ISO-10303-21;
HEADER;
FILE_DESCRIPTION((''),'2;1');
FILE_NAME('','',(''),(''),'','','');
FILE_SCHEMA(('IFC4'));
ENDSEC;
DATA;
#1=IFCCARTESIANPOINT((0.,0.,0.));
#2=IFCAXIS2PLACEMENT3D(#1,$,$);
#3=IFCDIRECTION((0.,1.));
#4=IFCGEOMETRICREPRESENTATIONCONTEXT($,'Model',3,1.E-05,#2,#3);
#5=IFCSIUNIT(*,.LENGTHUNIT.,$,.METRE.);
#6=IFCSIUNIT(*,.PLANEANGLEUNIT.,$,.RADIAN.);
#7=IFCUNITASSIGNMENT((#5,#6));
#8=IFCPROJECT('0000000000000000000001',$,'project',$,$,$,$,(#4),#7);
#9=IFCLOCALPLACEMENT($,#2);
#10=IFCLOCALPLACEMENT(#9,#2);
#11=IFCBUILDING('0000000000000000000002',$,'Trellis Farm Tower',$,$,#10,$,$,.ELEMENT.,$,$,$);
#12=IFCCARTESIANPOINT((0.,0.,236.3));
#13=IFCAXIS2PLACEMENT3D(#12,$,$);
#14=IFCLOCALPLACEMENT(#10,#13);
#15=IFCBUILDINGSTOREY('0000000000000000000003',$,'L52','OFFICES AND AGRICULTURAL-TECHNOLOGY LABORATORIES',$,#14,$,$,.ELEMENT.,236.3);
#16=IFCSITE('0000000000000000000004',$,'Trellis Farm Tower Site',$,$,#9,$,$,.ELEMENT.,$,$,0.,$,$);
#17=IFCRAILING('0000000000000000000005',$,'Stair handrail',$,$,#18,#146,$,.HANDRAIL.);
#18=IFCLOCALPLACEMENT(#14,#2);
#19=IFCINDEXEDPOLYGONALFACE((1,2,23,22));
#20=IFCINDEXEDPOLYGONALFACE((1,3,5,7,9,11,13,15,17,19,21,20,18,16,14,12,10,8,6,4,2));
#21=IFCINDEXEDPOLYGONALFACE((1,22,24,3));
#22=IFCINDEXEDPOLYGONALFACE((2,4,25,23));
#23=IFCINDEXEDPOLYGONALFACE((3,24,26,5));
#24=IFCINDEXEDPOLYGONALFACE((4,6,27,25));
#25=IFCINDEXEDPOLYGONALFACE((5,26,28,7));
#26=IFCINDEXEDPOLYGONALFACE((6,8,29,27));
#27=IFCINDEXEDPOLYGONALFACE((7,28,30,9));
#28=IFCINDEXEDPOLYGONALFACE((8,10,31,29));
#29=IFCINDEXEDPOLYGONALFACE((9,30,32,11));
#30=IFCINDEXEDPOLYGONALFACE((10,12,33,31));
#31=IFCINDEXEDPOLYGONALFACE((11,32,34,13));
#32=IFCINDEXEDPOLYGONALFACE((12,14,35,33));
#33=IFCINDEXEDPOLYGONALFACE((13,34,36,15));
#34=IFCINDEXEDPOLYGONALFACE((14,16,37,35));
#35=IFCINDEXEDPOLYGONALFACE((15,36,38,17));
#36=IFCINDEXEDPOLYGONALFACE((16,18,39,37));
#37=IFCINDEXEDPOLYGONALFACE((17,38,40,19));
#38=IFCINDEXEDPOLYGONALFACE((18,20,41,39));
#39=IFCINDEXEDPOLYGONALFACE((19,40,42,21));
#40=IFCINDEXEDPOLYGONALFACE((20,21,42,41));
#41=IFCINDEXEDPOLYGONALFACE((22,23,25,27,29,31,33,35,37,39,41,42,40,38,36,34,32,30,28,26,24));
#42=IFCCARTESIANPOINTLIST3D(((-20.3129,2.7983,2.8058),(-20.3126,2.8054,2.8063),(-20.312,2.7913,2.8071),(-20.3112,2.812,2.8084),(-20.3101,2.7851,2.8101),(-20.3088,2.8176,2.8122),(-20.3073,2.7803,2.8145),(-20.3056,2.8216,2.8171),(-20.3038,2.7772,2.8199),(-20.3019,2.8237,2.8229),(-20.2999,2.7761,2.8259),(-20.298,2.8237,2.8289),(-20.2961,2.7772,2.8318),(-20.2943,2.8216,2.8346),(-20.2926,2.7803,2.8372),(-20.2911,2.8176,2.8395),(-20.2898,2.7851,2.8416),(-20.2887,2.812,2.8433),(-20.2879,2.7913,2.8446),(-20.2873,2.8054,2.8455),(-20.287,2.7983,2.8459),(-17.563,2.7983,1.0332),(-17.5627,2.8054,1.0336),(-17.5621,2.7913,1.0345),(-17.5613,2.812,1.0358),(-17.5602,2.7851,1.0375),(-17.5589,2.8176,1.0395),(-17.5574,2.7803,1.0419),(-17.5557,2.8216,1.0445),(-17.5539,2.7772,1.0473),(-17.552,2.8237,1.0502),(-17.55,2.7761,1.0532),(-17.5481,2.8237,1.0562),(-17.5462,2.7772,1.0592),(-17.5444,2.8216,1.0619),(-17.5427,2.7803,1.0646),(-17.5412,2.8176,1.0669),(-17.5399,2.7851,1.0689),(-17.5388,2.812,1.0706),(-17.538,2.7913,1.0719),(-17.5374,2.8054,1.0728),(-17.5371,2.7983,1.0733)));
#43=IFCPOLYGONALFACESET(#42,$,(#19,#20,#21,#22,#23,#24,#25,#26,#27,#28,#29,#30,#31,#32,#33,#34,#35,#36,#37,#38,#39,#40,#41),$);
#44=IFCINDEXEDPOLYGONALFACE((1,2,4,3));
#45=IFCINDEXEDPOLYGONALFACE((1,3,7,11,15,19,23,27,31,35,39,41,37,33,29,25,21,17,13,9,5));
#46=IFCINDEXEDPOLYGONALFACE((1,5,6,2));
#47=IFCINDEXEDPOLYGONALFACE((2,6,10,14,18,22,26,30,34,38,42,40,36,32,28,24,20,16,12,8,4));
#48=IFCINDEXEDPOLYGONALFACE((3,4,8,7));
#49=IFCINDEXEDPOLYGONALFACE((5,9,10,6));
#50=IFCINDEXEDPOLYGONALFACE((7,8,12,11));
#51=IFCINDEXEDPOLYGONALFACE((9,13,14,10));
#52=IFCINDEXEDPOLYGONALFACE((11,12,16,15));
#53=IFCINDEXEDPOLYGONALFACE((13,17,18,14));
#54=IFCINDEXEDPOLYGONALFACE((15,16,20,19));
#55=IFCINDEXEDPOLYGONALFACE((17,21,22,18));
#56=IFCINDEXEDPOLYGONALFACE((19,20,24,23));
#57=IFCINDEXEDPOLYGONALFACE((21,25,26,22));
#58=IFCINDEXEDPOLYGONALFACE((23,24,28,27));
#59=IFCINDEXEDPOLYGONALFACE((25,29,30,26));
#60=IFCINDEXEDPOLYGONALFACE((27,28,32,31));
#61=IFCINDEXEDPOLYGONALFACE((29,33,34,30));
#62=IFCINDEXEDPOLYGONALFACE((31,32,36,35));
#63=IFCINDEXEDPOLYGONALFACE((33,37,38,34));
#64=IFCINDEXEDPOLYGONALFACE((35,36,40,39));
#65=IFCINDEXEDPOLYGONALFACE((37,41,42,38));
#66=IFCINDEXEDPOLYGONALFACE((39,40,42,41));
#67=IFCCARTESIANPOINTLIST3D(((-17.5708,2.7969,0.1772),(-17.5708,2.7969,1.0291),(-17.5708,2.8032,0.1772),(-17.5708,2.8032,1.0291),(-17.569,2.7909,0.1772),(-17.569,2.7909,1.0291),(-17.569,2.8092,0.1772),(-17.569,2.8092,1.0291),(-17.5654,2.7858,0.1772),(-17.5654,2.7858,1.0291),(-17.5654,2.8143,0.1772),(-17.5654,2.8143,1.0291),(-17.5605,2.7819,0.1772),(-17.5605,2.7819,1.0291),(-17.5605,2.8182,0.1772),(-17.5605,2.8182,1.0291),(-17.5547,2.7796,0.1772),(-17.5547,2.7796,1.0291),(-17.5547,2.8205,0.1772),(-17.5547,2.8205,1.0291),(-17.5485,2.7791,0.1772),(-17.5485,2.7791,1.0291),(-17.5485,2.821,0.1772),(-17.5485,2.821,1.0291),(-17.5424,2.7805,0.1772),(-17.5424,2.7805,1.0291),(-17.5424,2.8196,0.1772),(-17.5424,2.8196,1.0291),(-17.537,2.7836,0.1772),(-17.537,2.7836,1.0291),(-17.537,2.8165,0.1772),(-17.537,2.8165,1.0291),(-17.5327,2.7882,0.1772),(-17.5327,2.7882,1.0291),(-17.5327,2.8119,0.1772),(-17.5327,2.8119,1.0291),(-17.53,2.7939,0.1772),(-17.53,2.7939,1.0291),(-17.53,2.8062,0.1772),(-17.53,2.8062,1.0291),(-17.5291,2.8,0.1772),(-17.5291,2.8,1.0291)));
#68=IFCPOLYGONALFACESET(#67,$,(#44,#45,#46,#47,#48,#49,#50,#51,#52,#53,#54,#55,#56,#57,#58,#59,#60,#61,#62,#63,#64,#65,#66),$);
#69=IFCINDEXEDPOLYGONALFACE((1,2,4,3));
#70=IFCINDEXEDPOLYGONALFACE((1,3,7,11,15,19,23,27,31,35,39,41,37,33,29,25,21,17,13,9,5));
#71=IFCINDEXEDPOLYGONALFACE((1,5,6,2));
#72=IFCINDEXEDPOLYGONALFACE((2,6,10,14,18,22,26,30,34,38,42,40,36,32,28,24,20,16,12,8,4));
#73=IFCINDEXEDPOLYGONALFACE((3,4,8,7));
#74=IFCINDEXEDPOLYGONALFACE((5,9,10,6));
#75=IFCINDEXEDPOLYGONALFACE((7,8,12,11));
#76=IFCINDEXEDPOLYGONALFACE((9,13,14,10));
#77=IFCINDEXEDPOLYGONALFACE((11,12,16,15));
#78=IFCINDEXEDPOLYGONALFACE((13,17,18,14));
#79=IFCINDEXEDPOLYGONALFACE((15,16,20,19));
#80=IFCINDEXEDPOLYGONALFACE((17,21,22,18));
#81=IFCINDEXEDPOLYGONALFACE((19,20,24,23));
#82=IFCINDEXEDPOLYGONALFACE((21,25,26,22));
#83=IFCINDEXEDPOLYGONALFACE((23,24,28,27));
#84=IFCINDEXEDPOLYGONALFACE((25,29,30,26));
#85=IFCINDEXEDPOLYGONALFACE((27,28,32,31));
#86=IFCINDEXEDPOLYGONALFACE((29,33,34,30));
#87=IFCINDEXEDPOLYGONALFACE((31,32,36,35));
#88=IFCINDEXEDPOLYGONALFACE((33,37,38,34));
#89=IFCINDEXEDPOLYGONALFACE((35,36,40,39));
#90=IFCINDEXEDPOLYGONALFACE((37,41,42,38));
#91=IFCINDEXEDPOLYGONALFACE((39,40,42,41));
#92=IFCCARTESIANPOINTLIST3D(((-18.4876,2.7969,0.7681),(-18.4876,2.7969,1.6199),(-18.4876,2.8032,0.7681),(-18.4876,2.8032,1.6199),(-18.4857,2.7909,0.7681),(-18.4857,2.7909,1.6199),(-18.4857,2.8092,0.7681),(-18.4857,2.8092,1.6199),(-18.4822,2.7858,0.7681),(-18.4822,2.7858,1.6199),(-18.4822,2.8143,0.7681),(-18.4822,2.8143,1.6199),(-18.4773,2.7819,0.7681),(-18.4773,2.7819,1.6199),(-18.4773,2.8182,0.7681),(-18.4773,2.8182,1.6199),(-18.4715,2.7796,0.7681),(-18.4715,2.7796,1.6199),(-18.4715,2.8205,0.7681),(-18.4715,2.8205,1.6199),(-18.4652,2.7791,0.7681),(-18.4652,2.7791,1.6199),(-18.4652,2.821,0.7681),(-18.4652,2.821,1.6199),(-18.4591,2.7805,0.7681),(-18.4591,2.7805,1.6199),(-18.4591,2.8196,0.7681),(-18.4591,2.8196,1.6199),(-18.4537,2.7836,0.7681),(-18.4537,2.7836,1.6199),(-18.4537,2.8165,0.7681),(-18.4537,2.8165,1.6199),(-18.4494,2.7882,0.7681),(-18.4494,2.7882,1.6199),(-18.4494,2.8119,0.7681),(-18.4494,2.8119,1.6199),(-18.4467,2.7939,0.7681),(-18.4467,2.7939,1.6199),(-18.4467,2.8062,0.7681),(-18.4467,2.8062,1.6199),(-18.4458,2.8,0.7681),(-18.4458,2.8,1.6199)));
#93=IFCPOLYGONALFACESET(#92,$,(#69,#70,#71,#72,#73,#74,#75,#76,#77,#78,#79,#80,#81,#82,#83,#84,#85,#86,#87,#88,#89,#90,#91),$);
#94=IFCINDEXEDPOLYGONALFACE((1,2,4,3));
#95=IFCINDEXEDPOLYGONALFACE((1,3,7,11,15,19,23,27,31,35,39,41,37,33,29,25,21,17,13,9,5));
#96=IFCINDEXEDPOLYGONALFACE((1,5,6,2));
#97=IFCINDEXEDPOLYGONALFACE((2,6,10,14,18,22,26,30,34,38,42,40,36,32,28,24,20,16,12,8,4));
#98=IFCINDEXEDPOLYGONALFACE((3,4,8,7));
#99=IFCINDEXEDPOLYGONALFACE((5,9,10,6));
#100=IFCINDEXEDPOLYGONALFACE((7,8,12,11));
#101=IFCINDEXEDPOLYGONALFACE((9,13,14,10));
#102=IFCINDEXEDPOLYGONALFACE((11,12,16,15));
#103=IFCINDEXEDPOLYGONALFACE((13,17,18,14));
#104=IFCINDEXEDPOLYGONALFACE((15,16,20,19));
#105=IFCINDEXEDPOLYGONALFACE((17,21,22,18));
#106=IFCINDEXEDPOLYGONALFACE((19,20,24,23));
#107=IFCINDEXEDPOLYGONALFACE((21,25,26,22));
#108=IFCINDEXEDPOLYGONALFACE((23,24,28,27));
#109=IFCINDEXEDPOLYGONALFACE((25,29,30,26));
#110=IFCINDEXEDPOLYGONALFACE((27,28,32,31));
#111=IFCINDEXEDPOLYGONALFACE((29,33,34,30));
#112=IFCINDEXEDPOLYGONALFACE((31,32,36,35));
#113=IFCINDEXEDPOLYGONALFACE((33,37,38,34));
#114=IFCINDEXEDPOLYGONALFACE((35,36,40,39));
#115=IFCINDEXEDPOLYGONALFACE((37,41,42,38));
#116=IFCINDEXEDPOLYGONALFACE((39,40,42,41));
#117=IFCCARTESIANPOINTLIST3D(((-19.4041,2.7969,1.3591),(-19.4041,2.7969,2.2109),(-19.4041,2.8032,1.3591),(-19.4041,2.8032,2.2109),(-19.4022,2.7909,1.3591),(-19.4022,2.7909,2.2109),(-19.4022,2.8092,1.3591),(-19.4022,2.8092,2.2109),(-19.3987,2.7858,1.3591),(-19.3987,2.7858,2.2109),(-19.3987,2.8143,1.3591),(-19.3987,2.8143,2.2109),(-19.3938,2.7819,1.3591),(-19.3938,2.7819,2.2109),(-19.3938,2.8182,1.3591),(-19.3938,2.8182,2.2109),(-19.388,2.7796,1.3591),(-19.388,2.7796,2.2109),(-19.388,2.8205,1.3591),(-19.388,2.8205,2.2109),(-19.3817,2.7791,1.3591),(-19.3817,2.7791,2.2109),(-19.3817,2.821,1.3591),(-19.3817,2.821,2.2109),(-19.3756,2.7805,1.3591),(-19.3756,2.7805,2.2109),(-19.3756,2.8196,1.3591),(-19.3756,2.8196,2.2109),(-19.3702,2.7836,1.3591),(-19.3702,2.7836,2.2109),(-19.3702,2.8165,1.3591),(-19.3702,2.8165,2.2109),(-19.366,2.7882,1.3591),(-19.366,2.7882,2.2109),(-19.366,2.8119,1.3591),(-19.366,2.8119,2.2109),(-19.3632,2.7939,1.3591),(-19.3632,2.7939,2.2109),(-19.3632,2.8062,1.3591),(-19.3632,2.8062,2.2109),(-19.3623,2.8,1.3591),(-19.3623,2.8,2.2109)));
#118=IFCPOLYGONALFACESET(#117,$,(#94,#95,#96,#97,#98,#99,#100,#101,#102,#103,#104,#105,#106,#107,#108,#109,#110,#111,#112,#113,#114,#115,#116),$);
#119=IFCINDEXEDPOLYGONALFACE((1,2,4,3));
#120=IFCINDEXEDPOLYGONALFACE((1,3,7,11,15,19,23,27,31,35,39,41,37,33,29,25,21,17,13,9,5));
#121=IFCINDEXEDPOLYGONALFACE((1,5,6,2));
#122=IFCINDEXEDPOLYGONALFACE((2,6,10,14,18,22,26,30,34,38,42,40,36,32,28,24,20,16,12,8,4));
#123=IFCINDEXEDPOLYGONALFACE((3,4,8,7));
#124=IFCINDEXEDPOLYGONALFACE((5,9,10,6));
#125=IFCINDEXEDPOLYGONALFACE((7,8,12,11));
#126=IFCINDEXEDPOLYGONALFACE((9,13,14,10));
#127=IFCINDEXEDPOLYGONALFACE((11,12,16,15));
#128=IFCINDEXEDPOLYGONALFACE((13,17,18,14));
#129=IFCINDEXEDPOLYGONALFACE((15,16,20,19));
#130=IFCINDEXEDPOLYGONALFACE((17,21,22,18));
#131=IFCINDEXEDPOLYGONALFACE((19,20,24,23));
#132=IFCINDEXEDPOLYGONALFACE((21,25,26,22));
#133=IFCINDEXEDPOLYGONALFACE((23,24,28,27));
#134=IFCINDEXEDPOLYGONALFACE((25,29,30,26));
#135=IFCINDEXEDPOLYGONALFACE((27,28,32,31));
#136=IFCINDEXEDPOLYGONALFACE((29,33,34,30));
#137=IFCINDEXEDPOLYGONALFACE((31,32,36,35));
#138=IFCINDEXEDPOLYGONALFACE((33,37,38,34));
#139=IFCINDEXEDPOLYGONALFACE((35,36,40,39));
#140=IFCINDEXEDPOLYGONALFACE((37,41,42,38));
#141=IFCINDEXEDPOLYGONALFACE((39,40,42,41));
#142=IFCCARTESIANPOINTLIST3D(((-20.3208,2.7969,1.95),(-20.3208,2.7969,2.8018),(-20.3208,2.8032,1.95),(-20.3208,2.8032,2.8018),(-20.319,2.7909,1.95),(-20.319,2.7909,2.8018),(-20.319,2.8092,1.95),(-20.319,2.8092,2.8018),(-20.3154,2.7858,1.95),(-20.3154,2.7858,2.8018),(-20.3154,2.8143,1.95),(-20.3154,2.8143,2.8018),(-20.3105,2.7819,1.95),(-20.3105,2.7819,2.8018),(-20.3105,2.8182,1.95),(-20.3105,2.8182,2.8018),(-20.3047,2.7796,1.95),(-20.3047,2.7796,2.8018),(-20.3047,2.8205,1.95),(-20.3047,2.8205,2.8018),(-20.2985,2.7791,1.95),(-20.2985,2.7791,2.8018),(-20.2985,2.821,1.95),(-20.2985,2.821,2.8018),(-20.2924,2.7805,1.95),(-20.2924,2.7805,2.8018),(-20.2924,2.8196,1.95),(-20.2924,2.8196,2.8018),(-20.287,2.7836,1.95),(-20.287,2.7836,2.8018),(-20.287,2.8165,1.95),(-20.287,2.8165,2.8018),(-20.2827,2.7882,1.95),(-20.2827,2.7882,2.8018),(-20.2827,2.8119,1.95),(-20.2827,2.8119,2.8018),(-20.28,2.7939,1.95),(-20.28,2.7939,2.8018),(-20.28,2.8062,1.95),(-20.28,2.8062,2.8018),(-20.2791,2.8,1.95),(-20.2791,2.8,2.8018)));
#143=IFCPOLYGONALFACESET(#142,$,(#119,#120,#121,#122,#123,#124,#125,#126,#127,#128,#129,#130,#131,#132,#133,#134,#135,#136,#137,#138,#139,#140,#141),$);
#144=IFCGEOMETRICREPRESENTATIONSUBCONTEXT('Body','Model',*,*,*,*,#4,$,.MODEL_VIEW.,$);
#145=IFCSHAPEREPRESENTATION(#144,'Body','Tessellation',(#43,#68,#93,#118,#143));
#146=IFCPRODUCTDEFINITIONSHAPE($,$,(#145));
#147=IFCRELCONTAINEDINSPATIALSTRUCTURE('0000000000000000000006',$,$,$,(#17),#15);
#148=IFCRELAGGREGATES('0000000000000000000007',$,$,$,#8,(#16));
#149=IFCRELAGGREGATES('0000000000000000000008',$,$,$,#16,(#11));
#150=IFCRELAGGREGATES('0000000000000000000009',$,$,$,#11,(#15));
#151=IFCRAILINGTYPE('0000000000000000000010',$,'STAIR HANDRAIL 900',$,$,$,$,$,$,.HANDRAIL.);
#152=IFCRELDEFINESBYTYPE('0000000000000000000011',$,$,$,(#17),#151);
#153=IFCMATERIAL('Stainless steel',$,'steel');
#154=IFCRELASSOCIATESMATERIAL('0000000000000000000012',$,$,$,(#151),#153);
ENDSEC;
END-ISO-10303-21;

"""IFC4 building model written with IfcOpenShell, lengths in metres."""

from ifc_helpers import new_model, si_unit, direction, frame, origin, origin_2d, place, context, subcontext, project, spatial, circle, extrude, source, transform, mapped, material, type_object, element, save


model = new_model("IFC4")

# Units and contexts
model_context = context("Model", 3, precision=1e-05, world=origin(), true_north=direction((0.0, 1.0)))
body_context = subcontext(model_context, "Body", "Model", "MODEL_VIEW")
ifc_project = project(units=[si_unit("LENGTHUNIT", "METRE"), si_unit("PLANEANGLEUNIT", "RADIAN")], contexts=[model_context])

# Site, building, storey
site_placement = place(None, origin())
site = spatial("IfcSite", under=ifc_project, at=site_placement, Name="Trellis Farm Tower Site", CompositionType="ELEMENT", RefElevation=0.0)
building_placement = place(site_placement, origin())
building = spatial("IfcBuilding", under=site, at=building_placement, Name="Trellis Farm Tower", CompositionType="ELEMENT")
storey_placement = place(building_placement, frame((0.0, 0.0, 236.3)))
storey = spatial("IfcBuildingStorey", under=building, at=storey_placement, Name="L52", Description="OFFICES AND AGRICULTURAL-TECHNOLOGY LABORATORIES", CompositionType="ELEMENT", Elevation=236.3)

# Railing
ifc_material_1 = material(Name="Stainless steel", Category="steel")
railing_type = type_object("IfcRailingType", Name="STAIR HANDRAIL 900", PredefinedType="HANDRAIL", material=ifc_material_1)
shared_shape_1 = source(origin(), body_context, "Body", "SweptSolid", [
    extrude(circle(Radius=0.0239, at=origin_2d()), frame((0.0, 0.0, 0.876), z_axis=(-0.840504, 0.0, 0.541806), x_axis=(0.0, -1.0, 0.0)), (0.0, 0.0, 1.0), 3.2717),
    extrude(circle(Radius=0.021, at=origin_2d()), origin(), (0.0, 0.0, 1.0), 0.8518),
    extrude(circle(Radius=0.021, at=origin_2d()), frame((-0.9167, 0.0, 0.5908)), (0.0, 0.0, 1.0), 0.8518),
    extrude(circle(Radius=0.021, at=origin_2d()), frame((-1.8333, 0.0, 1.1819)), (0.0, 0.0, 1.0), 0.8518),
    extrude(circle(Radius=0.021, at=origin_2d()), frame((-2.75, 0.0, 1.7727)), (0.0, 0.0, 1.0), 0.8518),
])
for number, where, name in (
    (1, (-17.55, 2.8, 0.1772), "Stair handrail"),
):
    element("IfcRailing", number, at=place(storey_placement, frame(where)), inside=storey, type_object=railing_type, Name=name, PredefinedType="HANDRAIL", context=body_context, shape_type="MappedRepresentation", body=[
        mapped(shared_shape_1, transform((0.0, 0.0, 0.0))),
    ])

save(model, "model.ifc")
